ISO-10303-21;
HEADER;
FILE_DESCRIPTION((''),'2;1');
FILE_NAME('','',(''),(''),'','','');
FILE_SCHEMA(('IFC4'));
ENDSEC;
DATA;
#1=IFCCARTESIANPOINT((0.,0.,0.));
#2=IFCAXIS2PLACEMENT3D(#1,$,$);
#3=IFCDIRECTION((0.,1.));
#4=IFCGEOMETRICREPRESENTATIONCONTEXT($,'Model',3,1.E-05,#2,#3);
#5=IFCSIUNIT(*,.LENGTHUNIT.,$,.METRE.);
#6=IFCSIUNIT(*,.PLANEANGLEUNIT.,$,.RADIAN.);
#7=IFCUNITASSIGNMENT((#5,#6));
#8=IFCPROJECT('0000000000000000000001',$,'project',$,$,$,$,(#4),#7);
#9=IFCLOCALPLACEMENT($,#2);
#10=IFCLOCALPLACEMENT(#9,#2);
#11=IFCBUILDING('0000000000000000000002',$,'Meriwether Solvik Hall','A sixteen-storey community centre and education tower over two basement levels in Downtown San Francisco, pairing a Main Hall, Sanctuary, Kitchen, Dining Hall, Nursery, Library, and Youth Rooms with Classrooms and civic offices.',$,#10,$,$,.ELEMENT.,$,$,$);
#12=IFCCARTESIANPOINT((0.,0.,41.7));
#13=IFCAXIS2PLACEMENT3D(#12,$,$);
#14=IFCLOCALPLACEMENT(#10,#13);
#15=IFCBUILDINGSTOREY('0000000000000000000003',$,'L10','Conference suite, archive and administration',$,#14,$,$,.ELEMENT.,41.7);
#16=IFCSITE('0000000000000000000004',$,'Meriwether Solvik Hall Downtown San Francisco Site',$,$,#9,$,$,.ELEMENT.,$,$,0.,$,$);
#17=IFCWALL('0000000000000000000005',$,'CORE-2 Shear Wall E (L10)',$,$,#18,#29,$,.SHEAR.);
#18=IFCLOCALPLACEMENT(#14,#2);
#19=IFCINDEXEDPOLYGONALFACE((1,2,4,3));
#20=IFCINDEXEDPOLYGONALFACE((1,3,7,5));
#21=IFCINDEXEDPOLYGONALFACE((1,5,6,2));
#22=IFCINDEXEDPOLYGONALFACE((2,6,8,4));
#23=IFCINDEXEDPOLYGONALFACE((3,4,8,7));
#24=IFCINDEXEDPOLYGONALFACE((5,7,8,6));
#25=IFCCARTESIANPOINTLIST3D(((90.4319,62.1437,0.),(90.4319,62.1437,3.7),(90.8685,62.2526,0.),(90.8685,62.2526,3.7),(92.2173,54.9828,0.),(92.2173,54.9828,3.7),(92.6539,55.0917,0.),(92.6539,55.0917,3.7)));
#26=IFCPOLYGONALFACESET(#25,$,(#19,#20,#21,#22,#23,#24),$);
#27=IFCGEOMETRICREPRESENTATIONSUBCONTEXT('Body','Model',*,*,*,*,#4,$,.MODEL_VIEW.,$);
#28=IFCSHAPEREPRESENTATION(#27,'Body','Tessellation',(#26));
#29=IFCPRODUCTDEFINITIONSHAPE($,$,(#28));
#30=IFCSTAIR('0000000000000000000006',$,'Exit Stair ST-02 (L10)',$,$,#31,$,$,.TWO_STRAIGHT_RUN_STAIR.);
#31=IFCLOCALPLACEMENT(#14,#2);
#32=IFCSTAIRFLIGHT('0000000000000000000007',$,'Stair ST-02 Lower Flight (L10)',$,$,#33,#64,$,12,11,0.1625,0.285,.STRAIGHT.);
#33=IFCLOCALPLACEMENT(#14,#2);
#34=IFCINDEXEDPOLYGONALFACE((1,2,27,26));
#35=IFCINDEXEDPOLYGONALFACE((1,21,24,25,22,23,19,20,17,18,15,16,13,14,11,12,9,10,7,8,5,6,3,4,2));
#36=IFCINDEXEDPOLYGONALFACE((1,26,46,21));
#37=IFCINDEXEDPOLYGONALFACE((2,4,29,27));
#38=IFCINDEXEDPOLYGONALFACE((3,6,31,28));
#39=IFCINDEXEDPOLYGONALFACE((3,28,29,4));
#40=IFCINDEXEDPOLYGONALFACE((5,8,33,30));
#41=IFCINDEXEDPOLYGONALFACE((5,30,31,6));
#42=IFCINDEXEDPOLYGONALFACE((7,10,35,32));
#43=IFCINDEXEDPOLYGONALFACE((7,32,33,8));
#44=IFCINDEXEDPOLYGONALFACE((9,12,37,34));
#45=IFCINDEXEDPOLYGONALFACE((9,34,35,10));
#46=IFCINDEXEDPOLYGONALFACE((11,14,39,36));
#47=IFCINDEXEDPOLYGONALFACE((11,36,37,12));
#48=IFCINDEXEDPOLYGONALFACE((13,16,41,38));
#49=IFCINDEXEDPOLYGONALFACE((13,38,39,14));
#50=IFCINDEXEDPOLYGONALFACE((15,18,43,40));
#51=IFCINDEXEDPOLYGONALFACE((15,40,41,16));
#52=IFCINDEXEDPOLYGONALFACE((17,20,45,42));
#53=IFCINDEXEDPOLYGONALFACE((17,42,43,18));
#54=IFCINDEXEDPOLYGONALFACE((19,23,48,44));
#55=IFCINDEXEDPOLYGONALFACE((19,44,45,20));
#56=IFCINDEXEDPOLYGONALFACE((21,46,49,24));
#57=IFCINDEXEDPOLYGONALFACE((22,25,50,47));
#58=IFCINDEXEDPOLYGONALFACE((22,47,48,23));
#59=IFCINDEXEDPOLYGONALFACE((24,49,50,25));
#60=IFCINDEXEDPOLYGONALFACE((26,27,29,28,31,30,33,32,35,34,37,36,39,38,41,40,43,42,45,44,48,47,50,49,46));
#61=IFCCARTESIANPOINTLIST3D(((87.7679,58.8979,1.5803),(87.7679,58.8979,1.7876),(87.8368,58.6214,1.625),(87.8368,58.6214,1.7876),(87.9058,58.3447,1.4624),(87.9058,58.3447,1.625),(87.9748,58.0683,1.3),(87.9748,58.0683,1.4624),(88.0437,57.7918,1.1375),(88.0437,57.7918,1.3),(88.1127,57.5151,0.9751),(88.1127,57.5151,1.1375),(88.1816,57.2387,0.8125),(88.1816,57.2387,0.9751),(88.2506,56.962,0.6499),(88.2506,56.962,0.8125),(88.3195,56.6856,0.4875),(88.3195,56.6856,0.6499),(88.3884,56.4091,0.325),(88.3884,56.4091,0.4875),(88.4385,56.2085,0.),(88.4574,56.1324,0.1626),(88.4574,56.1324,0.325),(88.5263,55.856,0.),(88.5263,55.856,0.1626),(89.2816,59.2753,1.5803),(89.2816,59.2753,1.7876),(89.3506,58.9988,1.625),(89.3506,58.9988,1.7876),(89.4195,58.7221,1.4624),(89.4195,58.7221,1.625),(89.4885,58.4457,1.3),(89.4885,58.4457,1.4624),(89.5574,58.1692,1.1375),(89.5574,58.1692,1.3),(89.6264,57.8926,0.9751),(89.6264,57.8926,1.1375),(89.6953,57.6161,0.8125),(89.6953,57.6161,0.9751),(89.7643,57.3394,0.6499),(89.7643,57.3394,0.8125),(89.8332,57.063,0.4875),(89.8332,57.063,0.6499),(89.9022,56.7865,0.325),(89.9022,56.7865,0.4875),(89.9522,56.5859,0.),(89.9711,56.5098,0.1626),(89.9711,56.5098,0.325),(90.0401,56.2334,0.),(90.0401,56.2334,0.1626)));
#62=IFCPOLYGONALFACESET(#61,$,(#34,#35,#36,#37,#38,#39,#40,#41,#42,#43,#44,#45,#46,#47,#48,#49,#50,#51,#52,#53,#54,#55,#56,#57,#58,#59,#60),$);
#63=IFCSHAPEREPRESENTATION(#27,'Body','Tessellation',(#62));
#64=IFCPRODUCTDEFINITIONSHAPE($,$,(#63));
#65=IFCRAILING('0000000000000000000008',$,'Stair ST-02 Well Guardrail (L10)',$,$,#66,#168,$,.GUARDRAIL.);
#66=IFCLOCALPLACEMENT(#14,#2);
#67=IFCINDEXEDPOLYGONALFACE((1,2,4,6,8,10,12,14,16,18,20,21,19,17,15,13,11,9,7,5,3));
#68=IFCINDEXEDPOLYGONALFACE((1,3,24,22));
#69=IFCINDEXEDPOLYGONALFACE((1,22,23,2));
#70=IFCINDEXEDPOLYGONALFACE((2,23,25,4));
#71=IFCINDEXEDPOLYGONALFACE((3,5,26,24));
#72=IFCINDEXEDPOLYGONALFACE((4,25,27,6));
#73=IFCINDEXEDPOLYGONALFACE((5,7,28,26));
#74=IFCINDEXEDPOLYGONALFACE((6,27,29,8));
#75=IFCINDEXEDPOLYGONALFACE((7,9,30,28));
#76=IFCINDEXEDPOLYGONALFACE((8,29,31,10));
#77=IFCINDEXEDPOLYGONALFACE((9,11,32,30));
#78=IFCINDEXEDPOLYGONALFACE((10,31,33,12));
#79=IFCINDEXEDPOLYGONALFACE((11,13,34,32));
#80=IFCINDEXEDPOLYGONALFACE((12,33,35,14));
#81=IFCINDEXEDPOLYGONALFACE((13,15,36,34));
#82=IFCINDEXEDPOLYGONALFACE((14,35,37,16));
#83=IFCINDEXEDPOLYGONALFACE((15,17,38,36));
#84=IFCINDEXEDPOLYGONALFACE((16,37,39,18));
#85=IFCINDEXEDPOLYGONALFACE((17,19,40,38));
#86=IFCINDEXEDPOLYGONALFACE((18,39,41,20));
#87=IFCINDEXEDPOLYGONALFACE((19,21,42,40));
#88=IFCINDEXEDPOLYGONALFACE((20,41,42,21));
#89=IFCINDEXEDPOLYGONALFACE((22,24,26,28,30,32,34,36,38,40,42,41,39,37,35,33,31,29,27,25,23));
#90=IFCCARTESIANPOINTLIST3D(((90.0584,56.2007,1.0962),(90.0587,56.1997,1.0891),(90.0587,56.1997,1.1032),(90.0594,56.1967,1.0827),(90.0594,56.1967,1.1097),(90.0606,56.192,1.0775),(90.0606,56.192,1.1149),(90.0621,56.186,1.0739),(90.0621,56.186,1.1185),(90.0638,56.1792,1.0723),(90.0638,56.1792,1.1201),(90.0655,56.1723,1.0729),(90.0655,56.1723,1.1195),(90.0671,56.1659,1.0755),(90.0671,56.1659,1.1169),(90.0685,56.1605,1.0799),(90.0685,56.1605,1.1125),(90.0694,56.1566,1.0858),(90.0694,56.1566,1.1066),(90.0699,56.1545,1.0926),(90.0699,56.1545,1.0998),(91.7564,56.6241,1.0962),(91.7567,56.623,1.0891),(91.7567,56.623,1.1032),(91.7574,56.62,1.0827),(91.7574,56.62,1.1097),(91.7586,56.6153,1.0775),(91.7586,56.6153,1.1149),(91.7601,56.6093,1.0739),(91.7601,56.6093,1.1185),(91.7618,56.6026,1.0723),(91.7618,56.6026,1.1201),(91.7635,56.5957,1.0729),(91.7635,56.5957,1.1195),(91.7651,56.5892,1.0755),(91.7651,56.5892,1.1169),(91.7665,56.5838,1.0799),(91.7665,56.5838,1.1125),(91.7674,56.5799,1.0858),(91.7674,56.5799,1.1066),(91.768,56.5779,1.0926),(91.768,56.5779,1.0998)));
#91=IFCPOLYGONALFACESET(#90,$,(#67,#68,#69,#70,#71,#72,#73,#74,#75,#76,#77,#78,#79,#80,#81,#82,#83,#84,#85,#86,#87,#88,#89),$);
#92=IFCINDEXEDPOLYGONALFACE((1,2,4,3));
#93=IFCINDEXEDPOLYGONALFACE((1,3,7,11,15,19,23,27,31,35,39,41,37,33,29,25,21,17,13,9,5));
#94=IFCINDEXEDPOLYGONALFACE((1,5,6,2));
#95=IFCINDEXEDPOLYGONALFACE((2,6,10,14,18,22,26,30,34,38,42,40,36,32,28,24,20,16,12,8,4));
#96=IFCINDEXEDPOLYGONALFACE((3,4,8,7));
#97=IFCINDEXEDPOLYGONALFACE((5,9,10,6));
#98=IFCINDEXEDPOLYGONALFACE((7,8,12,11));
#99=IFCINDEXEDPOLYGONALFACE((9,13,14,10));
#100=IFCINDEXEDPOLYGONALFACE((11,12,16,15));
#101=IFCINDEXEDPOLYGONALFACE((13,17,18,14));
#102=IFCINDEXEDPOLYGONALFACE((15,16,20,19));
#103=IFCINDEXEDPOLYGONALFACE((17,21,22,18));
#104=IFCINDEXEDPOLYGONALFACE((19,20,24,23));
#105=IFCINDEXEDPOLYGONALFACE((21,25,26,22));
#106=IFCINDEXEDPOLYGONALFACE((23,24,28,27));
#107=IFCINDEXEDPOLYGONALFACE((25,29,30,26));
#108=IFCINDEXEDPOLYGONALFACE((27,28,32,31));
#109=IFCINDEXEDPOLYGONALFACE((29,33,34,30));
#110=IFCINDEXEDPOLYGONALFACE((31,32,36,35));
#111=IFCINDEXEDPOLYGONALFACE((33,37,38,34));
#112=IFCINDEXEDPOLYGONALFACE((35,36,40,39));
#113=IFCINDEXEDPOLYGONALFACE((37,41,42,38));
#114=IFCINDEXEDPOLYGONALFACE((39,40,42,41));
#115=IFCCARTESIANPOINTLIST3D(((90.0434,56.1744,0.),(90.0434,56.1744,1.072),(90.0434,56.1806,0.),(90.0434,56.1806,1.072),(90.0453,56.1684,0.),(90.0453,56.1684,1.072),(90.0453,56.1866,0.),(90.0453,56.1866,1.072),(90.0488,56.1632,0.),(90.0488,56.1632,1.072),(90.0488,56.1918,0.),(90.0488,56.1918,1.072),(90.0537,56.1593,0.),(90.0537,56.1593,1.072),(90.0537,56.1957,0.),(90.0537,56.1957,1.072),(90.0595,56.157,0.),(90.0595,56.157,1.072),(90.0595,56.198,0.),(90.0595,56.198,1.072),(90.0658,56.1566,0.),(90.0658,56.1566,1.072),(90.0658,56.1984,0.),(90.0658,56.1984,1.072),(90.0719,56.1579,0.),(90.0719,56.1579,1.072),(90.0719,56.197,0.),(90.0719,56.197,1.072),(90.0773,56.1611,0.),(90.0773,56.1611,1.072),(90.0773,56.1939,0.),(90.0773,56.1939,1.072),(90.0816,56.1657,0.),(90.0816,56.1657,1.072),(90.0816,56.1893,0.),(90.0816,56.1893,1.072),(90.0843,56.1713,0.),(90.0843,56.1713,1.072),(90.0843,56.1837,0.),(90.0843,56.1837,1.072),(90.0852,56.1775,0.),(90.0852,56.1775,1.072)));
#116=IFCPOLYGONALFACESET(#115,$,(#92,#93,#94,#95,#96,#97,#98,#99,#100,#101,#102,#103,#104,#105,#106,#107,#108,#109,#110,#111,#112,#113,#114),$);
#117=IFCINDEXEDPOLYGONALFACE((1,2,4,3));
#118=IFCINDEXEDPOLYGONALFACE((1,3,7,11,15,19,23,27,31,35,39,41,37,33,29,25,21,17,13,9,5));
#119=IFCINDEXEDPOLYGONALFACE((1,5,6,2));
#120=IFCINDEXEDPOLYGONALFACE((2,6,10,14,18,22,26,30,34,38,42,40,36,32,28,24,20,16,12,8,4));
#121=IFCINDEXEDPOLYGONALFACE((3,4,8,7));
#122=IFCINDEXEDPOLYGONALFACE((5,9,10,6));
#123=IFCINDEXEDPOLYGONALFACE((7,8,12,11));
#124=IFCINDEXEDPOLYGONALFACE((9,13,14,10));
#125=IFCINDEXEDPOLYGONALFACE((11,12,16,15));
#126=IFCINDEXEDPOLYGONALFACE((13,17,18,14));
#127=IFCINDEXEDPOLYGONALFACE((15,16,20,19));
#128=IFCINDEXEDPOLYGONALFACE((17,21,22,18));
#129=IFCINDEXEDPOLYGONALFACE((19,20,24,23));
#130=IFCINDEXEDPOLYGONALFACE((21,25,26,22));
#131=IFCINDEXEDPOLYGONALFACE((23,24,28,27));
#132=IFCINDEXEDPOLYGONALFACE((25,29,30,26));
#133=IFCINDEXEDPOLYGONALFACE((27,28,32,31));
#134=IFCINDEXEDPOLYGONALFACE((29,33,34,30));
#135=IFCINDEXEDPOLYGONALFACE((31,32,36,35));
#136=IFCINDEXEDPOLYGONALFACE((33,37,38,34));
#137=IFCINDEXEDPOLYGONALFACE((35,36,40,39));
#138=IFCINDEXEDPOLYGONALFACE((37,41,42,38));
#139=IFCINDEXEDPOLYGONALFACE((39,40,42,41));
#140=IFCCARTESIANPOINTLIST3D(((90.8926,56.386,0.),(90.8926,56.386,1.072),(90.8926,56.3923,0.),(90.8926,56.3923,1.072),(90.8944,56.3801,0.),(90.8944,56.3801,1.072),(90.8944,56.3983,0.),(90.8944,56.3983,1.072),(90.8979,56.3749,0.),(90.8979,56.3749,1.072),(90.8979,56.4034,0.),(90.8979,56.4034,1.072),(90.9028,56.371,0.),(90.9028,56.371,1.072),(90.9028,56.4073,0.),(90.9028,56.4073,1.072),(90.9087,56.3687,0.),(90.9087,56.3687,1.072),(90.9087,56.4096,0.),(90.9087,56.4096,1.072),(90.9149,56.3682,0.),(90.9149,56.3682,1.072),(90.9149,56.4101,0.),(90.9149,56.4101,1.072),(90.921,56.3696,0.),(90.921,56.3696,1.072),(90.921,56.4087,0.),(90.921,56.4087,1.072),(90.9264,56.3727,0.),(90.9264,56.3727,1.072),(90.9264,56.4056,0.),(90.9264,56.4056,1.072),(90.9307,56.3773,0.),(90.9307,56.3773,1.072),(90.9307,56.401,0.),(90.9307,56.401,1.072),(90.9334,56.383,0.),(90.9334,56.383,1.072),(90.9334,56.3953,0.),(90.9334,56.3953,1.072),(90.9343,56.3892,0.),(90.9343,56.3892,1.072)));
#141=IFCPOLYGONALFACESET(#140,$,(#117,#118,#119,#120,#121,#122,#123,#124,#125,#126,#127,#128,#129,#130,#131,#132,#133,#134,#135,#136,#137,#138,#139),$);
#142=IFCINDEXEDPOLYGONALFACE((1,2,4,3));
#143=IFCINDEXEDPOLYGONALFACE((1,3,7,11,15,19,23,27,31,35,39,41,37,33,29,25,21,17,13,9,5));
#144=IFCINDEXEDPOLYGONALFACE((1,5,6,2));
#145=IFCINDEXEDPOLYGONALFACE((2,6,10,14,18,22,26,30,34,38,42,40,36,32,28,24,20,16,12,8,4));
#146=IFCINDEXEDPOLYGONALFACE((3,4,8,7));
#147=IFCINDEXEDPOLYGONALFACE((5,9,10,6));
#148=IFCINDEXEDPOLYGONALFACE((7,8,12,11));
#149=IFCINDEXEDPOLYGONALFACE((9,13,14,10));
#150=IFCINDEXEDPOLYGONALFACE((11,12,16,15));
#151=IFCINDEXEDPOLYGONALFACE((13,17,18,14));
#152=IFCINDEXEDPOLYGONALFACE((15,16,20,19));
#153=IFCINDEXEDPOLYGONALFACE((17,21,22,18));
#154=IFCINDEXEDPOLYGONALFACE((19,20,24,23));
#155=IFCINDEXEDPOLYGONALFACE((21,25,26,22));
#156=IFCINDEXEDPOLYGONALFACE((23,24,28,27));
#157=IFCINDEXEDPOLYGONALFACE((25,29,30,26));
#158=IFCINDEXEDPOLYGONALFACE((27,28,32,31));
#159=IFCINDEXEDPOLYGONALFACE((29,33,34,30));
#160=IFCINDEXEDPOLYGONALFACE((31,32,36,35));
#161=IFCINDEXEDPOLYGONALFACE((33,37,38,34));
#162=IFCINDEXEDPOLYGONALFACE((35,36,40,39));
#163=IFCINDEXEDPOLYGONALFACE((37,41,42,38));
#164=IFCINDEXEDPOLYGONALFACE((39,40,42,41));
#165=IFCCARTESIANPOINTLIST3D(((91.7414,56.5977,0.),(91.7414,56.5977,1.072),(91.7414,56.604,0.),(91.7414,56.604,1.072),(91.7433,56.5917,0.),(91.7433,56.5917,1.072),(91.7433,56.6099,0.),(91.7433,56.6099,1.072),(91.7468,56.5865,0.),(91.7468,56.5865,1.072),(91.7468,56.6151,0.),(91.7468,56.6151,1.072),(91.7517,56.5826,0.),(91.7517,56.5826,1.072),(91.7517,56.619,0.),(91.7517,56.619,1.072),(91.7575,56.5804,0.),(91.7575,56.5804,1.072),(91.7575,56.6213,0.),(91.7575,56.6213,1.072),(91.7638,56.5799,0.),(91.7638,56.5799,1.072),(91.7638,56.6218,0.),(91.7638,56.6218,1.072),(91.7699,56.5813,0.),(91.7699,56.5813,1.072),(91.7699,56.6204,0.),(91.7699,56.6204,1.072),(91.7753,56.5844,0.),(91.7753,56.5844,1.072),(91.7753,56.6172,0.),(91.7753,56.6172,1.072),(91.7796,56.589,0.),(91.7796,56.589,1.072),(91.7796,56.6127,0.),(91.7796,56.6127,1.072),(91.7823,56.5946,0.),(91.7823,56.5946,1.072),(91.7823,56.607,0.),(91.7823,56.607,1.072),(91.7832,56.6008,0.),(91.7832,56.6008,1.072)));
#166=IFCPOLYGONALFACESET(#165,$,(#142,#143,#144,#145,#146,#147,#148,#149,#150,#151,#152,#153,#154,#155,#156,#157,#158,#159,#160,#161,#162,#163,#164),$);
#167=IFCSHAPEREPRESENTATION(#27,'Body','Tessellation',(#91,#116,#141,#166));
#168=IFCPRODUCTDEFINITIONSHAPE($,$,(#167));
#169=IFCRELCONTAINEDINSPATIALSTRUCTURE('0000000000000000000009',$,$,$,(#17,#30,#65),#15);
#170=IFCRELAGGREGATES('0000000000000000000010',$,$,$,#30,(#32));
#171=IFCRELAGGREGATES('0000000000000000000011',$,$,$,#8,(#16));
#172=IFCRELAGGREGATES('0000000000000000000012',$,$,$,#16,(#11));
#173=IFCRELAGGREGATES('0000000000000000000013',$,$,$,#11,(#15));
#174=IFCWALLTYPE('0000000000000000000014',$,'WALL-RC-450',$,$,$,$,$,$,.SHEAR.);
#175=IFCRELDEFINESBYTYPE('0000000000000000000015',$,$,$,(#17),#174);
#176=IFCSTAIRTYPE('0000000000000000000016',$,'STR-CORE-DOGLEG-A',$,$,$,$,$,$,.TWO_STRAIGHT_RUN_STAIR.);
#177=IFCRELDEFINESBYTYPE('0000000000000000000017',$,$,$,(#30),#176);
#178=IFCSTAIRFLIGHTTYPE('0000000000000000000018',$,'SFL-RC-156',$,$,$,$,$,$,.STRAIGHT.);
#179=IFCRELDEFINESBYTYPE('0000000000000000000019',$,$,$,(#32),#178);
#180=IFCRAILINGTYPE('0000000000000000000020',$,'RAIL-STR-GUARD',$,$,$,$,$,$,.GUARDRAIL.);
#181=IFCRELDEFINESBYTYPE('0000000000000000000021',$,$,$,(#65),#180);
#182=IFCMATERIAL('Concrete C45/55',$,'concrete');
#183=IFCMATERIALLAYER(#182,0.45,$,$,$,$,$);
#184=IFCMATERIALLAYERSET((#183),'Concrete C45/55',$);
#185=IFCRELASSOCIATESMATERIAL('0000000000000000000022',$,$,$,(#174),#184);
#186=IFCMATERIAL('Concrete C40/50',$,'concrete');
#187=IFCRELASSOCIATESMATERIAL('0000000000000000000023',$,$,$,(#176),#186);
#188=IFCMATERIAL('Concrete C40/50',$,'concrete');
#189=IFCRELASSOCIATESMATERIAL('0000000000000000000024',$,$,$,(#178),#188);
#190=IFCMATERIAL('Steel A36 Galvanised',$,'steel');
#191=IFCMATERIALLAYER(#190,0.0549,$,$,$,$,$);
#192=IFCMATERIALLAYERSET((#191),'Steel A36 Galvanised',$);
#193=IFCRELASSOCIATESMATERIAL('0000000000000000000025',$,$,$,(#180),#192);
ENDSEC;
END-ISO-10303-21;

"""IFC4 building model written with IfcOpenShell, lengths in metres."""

from ifc_helpers import new_model, si_unit, direction, frame, frame_2d, origin, origin_2d, place, context, subcontext, project, spatial, polyline, rectangle, circle, outline, extrude, material, layer, layer_set, type_object, element, aggregate, save


model = new_model("IFC4")

# Units and contexts
model_context = context("Model", 3, precision=1e-05, world=origin(), true_north=direction((0.0, 1.0)))
body_context = subcontext(model_context, "Body", "Model", "MODEL_VIEW")
ifc_project = project(units=[si_unit("LENGTHUNIT", "METRE"), si_unit("PLANEANGLEUNIT", "RADIAN")], contexts=[model_context])

# Site, building, storey
site_placement = place(None, origin())
site = spatial("IfcSite", under=ifc_project, at=site_placement, Name="Meriwether Solvik Hall Downtown San Francisco Site", CompositionType="ELEMENT", RefElevation=0.0)
building_placement = place(site_placement, origin())
building = spatial("IfcBuilding", under=site, at=building_placement, Name="Meriwether Solvik Hall", Description="A sixteen-storey community centre and education tower over two basement levels in Downtown San Francisco, pairing a Main Hall, Sanctuary, Kitchen, Dining Hall, Nursery, Library, and Youth Rooms with Classrooms and civic offices.", CompositionType="ELEMENT")
storey_placement = place(building_placement, frame((0.0, 0.0, 41.7)))
storey = spatial("IfcBuildingStorey", under=building, at=storey_placement, Name="L10", Description="Conference suite, archive and administration", CompositionType="ELEMENT", Elevation=41.7)

# Shared definitions
ifc_material_1 = material(Name="Concrete C45/55", Category="concrete")
ifc_layer_1 = layer(ifc_material_1, 0.45)
ifc_layer_set_1 = layer_set([ifc_layer_1], Name="Concrete C45/55")
wall_type_1 = type_object("IfcWallType", Name="WALL-RC-450", PredefinedType="SHEAR", material=ifc_layer_set_1)

# Wall
wall_1_placement = place(storey_placement, frame((92.4355, 55.0374, 0.0), z_axis=(0.0, 0.0, 1.0), x_axis=(-0.241921, 0.970296, 0.0)))
element("IfcWall", 1, at=wall_1_placement, inside=storey, type_object=wall_type_1, Name="CORE-2 Shear Wall E (L10)", PredefinedType="SHEAR", context=body_context, shape_type="SweptSolid", body=[
    extrude(rectangle(XDim=7.3801, YDim=0.45, at=frame_2d((3.6899, 0.0))), origin(), (0.0, 0.0, 1.0), 3.7),
])

# Stair, stair flight
ifc_material_2 = material(Name="Concrete C40/50", Category="concrete")
stair_type = type_object("IfcStairType", Name="STR-CORE-DOGLEG-A", PredefinedType="TWO_STRAIGHT_RUN_STAIR", material=ifc_material_2)
stair_placement = place(storey_placement, origin())
stair = element("IfcStair", 2, at=stair_placement, inside=storey, type_object=stair_type, Name="Exit Stair ST-02 (L10)", PredefinedType="TWO_STRAIGHT_RUN_STAIR")
ifc_material_3 = material(Name="Concrete C40/50", Category="concrete")
stair_flight_type = type_object("IfcStairFlightType", Name="SFL-RC-156", PredefinedType="STRAIGHT", material=ifc_material_3)
stair_flight_placement = place(storey_placement, frame((89.2832, 56.0447, 0.0), z_axis=(0.0, 0.0, 1.0), x_axis=(-0.241922, 0.970296, 0.0)))
stair_flight = element("IfcStairFlight", 3, at=stair_flight_placement, type_object=stair_flight_type, Name="Stair ST-02 Lower Flight (L10)", NumberOfRisers=12, NumberOfTreads=11, PredefinedType="STRAIGHT", RiserHeight=0.1625, TreadLength=0.285, context=body_context, shape_type="SweptSolid", body=[
    extrude(outline(polyline([(0.0, 0.0), (0.0, 0.1626), (0.2849, 0.1626), (0.2849, 0.325), (0.5701, 0.325), (0.5701, 0.4875), (0.855, 0.4875), (0.855, 0.6499), (1.1399, 0.6499), (1.1399, 0.8125), (1.425, 0.8125), (1.425, 0.9751), (1.71, 0.9751), (1.71, 1.1375), (1.9951, 1.1375), (1.9951, 1.3), (2.28, 1.3), (2.28, 1.4624), (2.5649, 1.4624), (2.5649, 1.625), (2.8501, 1.625), (2.8501, 1.7876), (3.135, 1.7876), (3.135, 1.95), (3.135, 1.5803), (0.3633, 0.0), (0.0, 0.0)])), frame((0.0, 0.78, 0.0), z_axis=(0.0, -1.0, 0.0), x_axis=(1.0, 0.0, 0.0)), (0.0, 0.0, 1.0), 1.5601),
])
aggregate(stair, [stair_flight])

# Railing
ifc_material_4 = material(Name="Steel A36 Galvanised", Category="steel")
ifc_layer_2 = layer(ifc_material_4, 0.0549)
ifc_layer_set_2 = layer_set([ifc_layer_2], Name="Steel A36 Galvanised")
railing_type_1 = type_object("IfcRailingType", Name="RAIL-STR-GUARD", PredefinedType="GUARDRAIL", material=ifc_layer_set_2)
railing_1_placement = place(storey_placement, frame((90.0642, 56.1775, 0.0)))
element("IfcRailing", 4, at=railing_1_placement, inside=storey, type_object=railing_type_1, Name="Stair ST-02 Well Guardrail (L10)", PredefinedType="GUARDRAIL", context=body_context, shape_type="SweptSolid", body=[
    extrude(circle(Radius=0.0239, at=origin_2d()), frame((0.0, 0.0, 1.0962), z_axis=(0.970298, 0.241912, 0.0), x_axis=(-0.241912, 0.970298, 0.0)), (0.0, 0.0, 1.0), 1.75),
    extrude(circle(Radius=0.021, at=origin_2d()), origin(), (0.0, 0.0, 1.0), 1.072),
    extrude(circle(Radius=0.021, at=origin_2d()), frame((0.8491, 0.2117, 0.0)), (0.0, 0.0, 1.0), 1.072),
    extrude(circle(Radius=0.021, at=origin_2d()), frame((1.698, 0.4233, 0.0)), (0.0, 0.0, 1.0), 1.072),
])

save(model, "model.ifc")
